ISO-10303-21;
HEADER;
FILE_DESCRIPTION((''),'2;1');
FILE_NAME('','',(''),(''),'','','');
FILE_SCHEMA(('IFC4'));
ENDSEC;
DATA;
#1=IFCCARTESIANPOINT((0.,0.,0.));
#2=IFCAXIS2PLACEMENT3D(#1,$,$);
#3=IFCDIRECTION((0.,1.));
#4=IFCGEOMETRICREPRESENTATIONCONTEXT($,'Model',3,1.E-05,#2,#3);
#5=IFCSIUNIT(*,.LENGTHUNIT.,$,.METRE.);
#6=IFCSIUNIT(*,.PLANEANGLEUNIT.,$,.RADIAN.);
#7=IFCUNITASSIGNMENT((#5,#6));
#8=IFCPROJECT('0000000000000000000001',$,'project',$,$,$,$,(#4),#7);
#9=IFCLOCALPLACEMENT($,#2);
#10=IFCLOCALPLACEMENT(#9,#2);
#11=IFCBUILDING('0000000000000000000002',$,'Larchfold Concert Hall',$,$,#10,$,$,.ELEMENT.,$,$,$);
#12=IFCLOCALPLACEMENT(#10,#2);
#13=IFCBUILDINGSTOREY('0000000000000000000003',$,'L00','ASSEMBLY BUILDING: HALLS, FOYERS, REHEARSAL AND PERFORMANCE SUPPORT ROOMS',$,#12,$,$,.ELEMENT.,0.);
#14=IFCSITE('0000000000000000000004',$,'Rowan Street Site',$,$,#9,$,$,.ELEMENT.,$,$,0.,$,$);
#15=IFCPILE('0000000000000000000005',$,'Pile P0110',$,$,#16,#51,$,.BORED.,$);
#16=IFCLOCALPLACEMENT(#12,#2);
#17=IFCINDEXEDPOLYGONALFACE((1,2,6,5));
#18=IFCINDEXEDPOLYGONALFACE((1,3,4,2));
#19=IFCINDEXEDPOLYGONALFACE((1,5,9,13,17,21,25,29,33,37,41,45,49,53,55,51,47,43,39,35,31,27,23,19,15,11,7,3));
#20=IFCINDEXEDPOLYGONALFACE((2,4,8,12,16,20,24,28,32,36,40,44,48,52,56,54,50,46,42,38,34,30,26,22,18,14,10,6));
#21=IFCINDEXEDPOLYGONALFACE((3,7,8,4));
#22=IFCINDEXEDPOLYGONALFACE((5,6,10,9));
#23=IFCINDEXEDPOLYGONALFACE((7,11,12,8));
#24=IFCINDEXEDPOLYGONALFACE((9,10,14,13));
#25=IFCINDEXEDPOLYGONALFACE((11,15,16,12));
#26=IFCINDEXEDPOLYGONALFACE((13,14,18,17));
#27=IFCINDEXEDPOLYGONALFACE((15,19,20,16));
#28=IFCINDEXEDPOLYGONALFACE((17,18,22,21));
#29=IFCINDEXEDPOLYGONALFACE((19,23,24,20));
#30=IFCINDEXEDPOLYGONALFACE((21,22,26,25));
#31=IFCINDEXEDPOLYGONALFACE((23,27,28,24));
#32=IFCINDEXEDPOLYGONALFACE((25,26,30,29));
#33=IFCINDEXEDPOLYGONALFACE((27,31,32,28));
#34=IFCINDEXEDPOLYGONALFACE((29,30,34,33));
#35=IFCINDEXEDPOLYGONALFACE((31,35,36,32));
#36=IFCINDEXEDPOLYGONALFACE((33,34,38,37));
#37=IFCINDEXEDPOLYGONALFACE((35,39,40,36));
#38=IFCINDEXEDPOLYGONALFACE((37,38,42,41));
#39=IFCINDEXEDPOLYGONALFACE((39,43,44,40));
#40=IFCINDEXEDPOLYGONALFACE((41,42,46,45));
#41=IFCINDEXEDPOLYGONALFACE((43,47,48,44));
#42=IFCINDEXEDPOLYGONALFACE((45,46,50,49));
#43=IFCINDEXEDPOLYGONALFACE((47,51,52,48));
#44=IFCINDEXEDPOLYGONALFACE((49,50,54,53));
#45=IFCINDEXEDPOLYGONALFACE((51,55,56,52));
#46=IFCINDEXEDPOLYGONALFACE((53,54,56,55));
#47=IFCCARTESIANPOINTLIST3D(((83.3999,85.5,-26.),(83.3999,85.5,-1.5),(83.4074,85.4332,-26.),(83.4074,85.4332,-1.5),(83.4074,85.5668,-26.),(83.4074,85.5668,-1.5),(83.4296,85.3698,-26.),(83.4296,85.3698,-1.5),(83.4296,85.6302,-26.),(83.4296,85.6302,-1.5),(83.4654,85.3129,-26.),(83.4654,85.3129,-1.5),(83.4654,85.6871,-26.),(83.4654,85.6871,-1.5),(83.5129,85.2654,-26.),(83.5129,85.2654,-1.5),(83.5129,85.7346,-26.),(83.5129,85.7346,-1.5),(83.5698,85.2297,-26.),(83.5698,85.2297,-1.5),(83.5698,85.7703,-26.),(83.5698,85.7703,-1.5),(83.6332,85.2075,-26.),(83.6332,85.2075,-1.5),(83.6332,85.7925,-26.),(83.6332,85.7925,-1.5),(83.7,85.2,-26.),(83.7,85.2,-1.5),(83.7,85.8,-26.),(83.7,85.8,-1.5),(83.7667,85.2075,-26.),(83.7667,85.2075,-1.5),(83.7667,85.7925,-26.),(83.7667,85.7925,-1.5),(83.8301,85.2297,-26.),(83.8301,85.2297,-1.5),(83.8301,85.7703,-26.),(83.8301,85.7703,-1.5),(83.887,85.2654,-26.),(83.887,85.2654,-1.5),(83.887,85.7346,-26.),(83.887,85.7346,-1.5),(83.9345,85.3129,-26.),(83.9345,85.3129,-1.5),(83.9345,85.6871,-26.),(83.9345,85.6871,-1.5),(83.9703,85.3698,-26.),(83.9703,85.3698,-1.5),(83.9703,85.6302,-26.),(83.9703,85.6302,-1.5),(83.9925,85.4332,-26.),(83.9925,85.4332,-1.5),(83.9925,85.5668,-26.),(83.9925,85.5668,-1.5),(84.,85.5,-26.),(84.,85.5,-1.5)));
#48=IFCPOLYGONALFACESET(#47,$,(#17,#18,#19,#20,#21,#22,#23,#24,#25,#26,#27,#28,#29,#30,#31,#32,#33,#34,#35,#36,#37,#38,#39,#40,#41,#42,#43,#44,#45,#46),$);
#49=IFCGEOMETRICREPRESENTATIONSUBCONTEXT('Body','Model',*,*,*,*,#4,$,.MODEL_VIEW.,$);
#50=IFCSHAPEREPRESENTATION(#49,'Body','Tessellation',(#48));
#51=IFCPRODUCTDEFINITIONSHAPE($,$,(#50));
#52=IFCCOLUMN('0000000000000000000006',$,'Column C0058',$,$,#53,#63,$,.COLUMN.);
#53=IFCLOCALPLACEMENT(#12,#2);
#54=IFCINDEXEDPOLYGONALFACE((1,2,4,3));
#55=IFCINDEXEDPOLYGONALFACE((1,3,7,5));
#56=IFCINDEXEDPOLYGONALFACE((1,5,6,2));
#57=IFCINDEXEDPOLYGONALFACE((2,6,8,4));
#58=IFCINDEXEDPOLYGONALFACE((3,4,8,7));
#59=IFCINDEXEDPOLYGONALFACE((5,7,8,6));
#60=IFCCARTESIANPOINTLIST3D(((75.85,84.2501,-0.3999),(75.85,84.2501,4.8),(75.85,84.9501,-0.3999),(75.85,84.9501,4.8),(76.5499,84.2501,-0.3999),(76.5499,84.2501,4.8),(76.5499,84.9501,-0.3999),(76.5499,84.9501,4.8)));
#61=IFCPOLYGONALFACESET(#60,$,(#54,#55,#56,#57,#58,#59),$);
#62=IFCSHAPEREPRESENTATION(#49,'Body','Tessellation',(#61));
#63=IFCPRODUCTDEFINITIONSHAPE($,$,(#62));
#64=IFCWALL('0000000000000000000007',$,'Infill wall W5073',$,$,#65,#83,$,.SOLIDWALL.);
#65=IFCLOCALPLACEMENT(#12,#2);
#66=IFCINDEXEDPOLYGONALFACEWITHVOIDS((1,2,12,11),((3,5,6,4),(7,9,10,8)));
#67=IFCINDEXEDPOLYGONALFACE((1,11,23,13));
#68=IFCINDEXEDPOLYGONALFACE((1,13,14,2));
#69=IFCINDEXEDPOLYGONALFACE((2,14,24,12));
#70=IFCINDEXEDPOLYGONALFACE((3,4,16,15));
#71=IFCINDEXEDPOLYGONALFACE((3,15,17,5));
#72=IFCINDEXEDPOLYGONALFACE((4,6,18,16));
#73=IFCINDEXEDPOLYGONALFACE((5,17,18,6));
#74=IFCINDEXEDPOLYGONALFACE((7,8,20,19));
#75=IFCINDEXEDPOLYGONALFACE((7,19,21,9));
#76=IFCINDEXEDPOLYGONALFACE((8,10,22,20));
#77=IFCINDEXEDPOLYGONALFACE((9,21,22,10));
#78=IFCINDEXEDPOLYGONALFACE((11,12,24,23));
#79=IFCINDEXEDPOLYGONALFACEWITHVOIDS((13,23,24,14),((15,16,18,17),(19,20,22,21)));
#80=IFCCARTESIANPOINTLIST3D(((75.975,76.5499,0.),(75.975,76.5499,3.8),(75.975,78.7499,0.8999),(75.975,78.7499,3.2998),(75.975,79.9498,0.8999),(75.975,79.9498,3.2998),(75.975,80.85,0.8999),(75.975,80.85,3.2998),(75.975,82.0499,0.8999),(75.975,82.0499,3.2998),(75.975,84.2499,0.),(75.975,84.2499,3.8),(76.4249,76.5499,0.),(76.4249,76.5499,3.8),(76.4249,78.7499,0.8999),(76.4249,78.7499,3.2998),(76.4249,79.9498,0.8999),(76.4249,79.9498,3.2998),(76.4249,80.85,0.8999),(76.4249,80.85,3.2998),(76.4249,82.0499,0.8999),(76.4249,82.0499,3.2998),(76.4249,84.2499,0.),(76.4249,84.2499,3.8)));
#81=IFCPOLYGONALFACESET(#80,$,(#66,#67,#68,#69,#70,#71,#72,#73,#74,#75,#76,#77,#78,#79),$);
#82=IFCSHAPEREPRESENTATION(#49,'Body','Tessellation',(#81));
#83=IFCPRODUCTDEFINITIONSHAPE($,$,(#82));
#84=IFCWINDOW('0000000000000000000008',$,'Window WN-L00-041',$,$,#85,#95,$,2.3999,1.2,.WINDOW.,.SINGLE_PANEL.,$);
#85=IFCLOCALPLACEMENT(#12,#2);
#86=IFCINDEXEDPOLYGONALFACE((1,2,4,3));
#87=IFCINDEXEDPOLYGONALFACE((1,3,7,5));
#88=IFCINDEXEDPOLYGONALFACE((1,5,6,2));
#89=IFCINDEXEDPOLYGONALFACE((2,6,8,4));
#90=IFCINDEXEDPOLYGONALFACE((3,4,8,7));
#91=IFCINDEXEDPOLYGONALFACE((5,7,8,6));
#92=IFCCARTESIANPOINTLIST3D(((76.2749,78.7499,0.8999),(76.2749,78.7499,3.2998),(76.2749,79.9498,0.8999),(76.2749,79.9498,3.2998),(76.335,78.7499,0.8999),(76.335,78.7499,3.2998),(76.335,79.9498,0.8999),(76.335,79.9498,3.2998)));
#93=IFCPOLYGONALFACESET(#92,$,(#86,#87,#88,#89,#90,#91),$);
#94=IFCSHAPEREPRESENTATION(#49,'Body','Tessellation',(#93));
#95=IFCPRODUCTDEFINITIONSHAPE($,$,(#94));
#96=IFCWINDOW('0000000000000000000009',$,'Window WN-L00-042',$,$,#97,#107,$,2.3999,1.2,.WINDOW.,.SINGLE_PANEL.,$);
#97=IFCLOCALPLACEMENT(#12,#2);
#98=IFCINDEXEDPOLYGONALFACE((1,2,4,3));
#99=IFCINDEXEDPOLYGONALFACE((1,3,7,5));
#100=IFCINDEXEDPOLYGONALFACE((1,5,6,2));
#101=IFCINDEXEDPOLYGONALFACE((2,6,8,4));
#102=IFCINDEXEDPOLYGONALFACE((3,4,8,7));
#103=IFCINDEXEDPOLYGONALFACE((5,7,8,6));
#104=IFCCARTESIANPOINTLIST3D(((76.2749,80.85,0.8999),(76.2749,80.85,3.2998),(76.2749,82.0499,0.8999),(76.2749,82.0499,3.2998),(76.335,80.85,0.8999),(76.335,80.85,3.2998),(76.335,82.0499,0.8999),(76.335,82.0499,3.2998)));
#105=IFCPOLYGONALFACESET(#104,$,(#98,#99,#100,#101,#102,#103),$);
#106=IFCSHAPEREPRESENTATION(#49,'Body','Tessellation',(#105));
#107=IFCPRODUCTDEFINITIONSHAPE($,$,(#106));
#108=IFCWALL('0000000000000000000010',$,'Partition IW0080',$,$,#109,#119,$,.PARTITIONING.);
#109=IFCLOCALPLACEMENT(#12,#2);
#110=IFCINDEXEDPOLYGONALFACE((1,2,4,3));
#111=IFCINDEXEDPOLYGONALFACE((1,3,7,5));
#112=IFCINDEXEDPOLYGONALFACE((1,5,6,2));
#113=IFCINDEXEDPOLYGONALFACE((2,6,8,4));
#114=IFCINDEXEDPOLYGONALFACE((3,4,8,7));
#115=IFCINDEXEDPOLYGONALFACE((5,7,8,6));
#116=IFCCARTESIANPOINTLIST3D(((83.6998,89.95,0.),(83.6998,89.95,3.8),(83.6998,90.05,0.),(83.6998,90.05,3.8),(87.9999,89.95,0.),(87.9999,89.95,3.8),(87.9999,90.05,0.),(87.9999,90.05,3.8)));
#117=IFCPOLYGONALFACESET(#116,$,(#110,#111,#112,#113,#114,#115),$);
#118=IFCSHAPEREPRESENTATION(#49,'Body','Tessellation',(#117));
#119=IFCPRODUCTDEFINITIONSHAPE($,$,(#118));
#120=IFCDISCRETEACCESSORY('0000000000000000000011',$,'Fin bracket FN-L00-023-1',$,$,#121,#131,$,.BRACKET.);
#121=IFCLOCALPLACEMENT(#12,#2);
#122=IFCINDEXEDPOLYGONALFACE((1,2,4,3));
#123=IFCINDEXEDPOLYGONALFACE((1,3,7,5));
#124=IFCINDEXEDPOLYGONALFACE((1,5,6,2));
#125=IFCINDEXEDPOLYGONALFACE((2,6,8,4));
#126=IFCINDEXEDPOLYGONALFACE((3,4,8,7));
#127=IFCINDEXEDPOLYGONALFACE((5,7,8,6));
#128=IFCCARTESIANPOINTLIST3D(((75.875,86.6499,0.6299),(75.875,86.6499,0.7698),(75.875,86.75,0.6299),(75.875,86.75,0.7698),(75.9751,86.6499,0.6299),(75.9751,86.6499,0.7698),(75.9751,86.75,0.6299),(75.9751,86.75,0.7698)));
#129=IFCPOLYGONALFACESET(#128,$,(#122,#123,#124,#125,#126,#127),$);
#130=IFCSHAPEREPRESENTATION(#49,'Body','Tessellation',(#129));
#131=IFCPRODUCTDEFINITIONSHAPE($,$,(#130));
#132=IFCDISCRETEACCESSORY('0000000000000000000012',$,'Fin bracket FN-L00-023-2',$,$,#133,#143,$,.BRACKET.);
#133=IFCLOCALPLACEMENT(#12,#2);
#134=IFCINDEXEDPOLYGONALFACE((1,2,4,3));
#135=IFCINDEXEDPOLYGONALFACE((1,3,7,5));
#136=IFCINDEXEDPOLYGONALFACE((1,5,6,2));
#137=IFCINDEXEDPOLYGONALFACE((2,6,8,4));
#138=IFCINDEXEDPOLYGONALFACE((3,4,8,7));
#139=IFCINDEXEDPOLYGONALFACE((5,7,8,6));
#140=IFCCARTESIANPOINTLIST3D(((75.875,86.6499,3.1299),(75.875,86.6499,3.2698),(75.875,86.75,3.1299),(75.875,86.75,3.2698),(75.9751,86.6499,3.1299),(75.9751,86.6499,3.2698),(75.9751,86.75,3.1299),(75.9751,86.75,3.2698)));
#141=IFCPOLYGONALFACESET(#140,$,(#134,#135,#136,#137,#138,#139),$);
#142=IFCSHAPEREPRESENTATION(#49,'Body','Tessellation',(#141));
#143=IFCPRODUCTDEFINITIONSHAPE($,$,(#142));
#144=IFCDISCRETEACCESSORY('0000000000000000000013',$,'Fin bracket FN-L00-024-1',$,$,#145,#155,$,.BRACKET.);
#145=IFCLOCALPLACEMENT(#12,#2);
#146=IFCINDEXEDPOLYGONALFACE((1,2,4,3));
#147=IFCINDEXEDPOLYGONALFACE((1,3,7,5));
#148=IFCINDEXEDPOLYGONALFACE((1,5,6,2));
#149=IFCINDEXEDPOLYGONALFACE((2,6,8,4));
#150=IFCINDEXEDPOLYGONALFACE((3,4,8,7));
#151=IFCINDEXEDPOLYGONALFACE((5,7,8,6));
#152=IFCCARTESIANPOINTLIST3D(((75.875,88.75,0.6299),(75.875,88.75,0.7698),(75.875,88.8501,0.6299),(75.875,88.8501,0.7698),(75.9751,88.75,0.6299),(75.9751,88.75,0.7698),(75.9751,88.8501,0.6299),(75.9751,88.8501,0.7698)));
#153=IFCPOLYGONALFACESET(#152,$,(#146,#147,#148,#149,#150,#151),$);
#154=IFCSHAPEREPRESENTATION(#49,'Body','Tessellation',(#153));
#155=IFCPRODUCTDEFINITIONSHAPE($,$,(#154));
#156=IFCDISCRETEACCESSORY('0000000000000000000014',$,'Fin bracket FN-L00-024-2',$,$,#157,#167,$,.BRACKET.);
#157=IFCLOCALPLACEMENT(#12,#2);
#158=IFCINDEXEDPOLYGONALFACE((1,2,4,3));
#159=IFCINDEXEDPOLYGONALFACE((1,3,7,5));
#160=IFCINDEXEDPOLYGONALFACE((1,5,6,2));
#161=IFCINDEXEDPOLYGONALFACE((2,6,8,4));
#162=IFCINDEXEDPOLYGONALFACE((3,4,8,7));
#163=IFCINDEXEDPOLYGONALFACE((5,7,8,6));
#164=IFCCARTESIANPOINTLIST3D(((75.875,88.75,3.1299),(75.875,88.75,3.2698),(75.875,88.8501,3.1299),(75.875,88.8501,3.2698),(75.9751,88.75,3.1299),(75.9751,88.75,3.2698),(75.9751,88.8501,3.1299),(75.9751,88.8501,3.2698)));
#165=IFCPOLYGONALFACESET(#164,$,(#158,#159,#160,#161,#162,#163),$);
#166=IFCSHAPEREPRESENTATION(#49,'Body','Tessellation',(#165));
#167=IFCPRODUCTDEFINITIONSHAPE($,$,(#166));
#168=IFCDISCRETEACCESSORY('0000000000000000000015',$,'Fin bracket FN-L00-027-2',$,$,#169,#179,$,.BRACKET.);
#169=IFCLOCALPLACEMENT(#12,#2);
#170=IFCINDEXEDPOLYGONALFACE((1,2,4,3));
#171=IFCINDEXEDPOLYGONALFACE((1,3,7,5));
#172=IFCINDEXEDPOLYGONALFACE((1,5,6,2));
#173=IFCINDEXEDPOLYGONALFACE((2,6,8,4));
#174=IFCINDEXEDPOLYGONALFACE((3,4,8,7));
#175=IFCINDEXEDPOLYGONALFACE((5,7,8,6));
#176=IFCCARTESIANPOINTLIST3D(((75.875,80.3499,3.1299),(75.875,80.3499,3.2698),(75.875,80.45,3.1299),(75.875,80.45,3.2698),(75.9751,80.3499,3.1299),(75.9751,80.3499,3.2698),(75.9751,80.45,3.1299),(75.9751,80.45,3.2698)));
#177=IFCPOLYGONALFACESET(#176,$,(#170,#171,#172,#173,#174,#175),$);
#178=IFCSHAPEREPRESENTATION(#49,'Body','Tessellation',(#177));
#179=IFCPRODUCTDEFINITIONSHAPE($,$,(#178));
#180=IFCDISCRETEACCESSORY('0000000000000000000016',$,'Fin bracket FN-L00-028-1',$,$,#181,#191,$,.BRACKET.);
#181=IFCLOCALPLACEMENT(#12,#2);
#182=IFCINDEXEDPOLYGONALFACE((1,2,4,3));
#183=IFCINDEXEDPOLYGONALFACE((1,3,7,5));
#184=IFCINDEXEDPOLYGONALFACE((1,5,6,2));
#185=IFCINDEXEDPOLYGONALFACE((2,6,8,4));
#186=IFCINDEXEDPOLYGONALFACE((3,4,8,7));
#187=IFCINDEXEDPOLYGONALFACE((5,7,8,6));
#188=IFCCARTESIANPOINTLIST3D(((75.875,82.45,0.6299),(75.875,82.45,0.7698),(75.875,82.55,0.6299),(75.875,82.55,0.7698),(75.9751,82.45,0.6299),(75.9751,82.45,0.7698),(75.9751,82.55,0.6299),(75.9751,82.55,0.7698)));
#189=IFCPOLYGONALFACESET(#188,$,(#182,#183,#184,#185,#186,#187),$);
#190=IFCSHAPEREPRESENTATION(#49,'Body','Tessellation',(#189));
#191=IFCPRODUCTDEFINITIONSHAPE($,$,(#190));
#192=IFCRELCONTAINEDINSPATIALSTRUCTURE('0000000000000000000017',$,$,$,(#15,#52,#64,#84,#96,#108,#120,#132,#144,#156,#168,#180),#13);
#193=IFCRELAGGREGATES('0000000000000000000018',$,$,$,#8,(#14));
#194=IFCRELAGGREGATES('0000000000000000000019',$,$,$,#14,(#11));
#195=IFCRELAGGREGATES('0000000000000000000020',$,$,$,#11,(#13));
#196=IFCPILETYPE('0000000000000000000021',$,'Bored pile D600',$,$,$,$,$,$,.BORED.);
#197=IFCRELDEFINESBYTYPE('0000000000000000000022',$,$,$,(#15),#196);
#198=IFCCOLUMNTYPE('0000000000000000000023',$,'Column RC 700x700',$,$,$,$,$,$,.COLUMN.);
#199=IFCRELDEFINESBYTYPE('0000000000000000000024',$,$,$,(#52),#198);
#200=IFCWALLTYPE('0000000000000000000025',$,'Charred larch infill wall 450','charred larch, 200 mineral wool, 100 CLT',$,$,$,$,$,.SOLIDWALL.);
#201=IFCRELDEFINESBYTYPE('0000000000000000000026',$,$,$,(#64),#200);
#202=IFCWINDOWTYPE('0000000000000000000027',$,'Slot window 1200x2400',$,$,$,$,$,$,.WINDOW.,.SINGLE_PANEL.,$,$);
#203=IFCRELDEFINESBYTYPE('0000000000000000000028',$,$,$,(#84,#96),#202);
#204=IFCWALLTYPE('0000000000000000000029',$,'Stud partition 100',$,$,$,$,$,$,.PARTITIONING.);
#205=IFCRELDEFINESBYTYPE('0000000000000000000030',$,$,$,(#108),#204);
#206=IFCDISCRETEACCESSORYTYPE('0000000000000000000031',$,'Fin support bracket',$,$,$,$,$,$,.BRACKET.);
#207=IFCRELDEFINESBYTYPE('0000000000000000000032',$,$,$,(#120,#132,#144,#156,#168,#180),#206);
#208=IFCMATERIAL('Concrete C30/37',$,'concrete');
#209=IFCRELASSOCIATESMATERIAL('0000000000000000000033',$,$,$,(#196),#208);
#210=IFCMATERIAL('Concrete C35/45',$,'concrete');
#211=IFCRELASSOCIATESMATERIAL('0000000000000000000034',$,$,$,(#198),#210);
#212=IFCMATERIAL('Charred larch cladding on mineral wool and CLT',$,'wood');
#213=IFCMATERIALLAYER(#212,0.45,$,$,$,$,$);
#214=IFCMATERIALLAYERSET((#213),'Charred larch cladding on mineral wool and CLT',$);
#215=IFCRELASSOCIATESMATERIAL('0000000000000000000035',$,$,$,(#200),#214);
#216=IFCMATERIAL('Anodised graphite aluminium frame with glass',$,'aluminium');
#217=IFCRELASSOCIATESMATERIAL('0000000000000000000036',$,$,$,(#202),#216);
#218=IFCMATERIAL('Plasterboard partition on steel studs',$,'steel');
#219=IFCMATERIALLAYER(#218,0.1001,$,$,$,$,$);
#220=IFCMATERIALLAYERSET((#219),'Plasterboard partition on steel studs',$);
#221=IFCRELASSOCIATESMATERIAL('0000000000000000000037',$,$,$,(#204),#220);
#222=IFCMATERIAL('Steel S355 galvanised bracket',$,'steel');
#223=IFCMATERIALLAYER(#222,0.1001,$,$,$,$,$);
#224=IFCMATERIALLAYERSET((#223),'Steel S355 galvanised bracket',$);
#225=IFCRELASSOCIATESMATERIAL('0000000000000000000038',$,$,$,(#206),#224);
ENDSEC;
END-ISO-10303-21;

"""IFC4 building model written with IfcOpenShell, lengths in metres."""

from ifc_helpers import new_model, si_unit, direction, frame, frame_2d, origin, origin_2d, place, context, subcontext, project, spatial, rectangle, circle, extrude, material, layer, layer_set, material_profile, profile_set, type_object, element, fill, save


model = new_model("IFC4")

# Units and contexts
model_context = context("Model", 3, precision=1e-05, world=origin(), true_north=direction((0.0, 1.0)))
body_context = subcontext(model_context, "Body", "Model", "MODEL_VIEW")
ifc_project = project(units=[si_unit("LENGTHUNIT", "METRE"), si_unit("PLANEANGLEUNIT", "RADIAN")], contexts=[model_context])

# Site, building, storey
site_placement = place(None, origin())
site = spatial("IfcSite", under=ifc_project, at=site_placement, Name="Rowan Street Site", CompositionType="ELEMENT", RefElevation=0.0)
building_placement = place(site_placement, origin())
building = spatial("IfcBuilding", under=site, at=building_placement, Name="Larchfold Concert Hall", CompositionType="ELEMENT")
storey_placement = place(building_placement, origin())
storey = spatial("IfcBuildingStorey", under=building, at=storey_placement, Name="L00", Description="ASSEMBLY BUILDING: HALLS, FOYERS, REHEARSAL AND PERFORMANCE SUPPORT ROOMS", CompositionType="ELEMENT", Elevation=0.0)

# Pile
ifc_material_1 = material(Name="Concrete C30/37", Category="concrete")
ifc_material_profile_1 = material_profile(ifc_material_1, circle(Radius=0.3, at=origin_2d()))
ifc_profile_set_1 = profile_set([ifc_material_profile_1], Name="Concrete C30/37")
pile_type = type_object("IfcPileType", Name="Bored pile D600", PredefinedType="BORED", material=ifc_profile_set_1)
for number, where, z_axis, x_axis, name in (
    (1, (83.7, 85.5, -1.5), (0.0, 0.0, -1.0), (1.0, 0.0, 0.0), "Pile P0110"),
):
    element("IfcPile", number, at=place(storey_placement, frame(where, z_axis=z_axis, x_axis=x_axis)), inside=storey, type_object=pile_type, Name=name, PredefinedType="BORED", context=body_context, shape_type="SweptSolid", body=[
        extrude(circle(Radius=0.3, at=origin_2d()), origin(), (0.0, 0.0, 1.0), 24.5),
    ])

# Column
ifc_material_2 = material(Name="Concrete C35/45", Category="concrete")
ifc_material_profile_2 = material_profile(ifc_material_2, rectangle(XDim=0.7, YDim=0.7, at=origin_2d()))
ifc_profile_set_2 = profile_set([ifc_material_profile_2], Name="Concrete C35/45")
column_type = type_object("IfcColumnType", Name="Column RC 700x700", PredefinedType="COLUMN", material=ifc_profile_set_2)
column_placement = place(storey_placement, frame((76.2, 84.6001, -0.3999), z_axis=(0.0, 0.0, 1.0), x_axis=(1.0, 0.0, 0.0)))
element("IfcColumn", 2, at=column_placement, inside=storey, type_object=column_type, Name="Column C0058", PredefinedType="COLUMN", context=body_context, shape_type="SweptSolid", body=[
    extrude(rectangle(XDim=0.7, YDim=0.7, at=origin_2d()), origin(), (0.0, 0.0, 1.0), 5.2),
])

# Wall, openings, windows
ifc_material_3 = material(Name="Charred larch cladding on mineral wool and CLT", Category="wood")
ifc_layer_1 = layer(ifc_material_3, 0.45)
ifc_layer_set_1 = layer_set([ifc_layer_1], Name="Charred larch cladding on mineral wool and CLT")
wall_type_1 = type_object("IfcWallType", Name="Charred larch infill wall 450", Description="charred larch, 200 mineral wool, 100 CLT", PredefinedType="SOLIDWALL", material=ifc_layer_set_1)
wall_1_placement = place(storey_placement, frame((76.2, 84.25, 0.0), z_axis=(0.0, 0.0, 1.0), x_axis=(0.0, -1.0, 0.0)))
wall_1 = element("IfcWall", 3, at=wall_1_placement, inside=storey, type_object=wall_type_1, Name="Infill wall W5073", PredefinedType="SOLIDWALL", context=body_context, shape_type="SweptSolid", body=[
    extrude(rectangle(XDim=7.7, YDim=0.45, at=frame_2d((3.8501, 0.0))), origin(), (0.0, 0.0, 1.0), 3.8),
])
opening_1_placement = place(wall_1_placement, frame((4.3, 0.0, 0.8999)))
opening_1 = element("IfcOpeningElement", 4, at=opening_1_placement, cuts=wall_1, PredefinedType="OPENING", context=body_context, shape_type="SweptSolid", body=[
    extrude(rectangle(XDim=1.2, YDim=2.3999, at=frame_2d((0.6001, 1.2))), frame((0.0, 0.2349, 0.0), z_axis=(0.0, -1.0, 0.0), x_axis=(1.0, 0.0, 0.0)), (0.0, 0.0, 1.0), 0.47),
])
opening_2_placement = place(wall_1_placement, frame((2.2, 0.0, 0.8999)))
opening_2 = element("IfcOpeningElement", 5, at=opening_2_placement, cuts=wall_1, PredefinedType="OPENING", context=body_context, shape_type="SweptSolid", body=[
    extrude(rectangle(XDim=1.2, YDim=2.3999, at=frame_2d((0.6001, 1.2))), frame((0.0, 0.2349, 0.0), z_axis=(0.0, -1.0, 0.0), x_axis=(1.0, 0.0, 0.0)), (0.0, 0.0, 1.0), 0.47),
])
ifc_material_4 = material(Name="Anodised graphite aluminium frame with glass", Category="aluminium")
window_type = type_object("IfcWindowType", Name="Slot window 1200x2400", PartitioningType="SINGLE_PANEL", PredefinedType="WINDOW", material=ifc_material_4)
window_1_placement = place(opening_1_placement, origin())
window_1 = element("IfcWindow", 6, at=window_1_placement, inside=storey, type_object=window_type, Name="Window WN-L00-041", OverallHeight=2.3999, OverallWidth=1.2, PartitioningType="SINGLE_PANEL", PredefinedType="WINDOW", context=body_context, shape_type="SweptSolid", body=[
    extrude(rectangle(XDim=1.2, YDim=2.3999, at=frame_2d((0.6001, 1.2))), frame((0.0, 0.135, 0.0), z_axis=(0.0, -1.0, 0.0), x_axis=(1.0, 0.0, 0.0)), (0.0, 0.0, 1.0), 0.0601),
])
fill(opening_1, window_1)
window_2_placement = place(opening_2_placement, origin())
window_2 = element("IfcWindow", 7, at=window_2_placement, inside=storey, type_object=window_type, Name="Window WN-L00-042", OverallHeight=2.3999, OverallWidth=1.2, PartitioningType="SINGLE_PANEL", PredefinedType="WINDOW", context=body_context, shape_type="SweptSolid", body=[
    extrude(rectangle(XDim=1.2, YDim=2.3999, at=frame_2d((0.6001, 1.2))), frame((0.0, 0.135, 0.0), z_axis=(0.0, -1.0, 0.0), x_axis=(1.0, 0.0, 0.0)), (0.0, 0.0, 1.0), 0.0601),
])
fill(opening_2, window_2)

# Wall
ifc_material_5 = material(Name="Plasterboard partition on steel studs", Category="steel")
ifc_layer_2 = layer(ifc_material_5, 0.1001)
ifc_layer_set_2 = layer_set([ifc_layer_2], Name="Plasterboard partition on steel studs")
wall_type_2 = type_object("IfcWallType", Name="Stud partition 100", PredefinedType="PARTITIONING", material=ifc_layer_set_2)
wall_2_placement = place(storey_placement, frame((83.7, 90.0, 0.0), z_axis=(0.0, 0.0, 1.0), x_axis=(1.0, 0.0, 0.0)))
element("IfcWall", 8, at=wall_2_placement, inside=storey, type_object=wall_type_2, Name="Partition IW0080", PredefinedType="PARTITIONING", context=body_context, shape_type="SweptSolid", body=[
    extrude(rectangle(XDim=4.3, YDim=0.1001, at=frame_2d((2.1499, 0.0))), origin(), (0.0, 0.0, 1.0), 3.8),
])

# Discrete accessories
ifc_material_6 = material(Name="Steel S355 galvanised bracket", Category="steel")
ifc_layer_3 = layer(ifc_material_6, 0.1001)
ifc_layer_set_3 = layer_set([ifc_layer_3], Name="Steel S355 galvanised bracket")
discrete_accessory_type = type_object("IfcDiscreteAccessoryType", Name="Fin support bracket", PredefinedType="BRACKET", material=ifc_layer_set_3)
for number, where, z_axis, x_axis, name in (
    (9, (75.925, 86.7, 0.6299), (0.0, 0.0, 1.0), (-1.0, 0.0, 0.0), "Fin bracket FN-L00-023-1"),
    (10, (75.925, 86.7, 3.1299), (0.0, 0.0, 1.0), (-1.0, 0.0, 0.0), "Fin bracket FN-L00-023-2"),
    (11, (75.925, 88.8, 0.6299), (0.0, 0.0, 1.0), (-1.0, 0.0, 0.0), "Fin bracket FN-L00-024-1"),
    (12, (75.925, 88.8, 3.1299), (0.0, 0.0, 1.0), (-1.0, 0.0, 0.0), "Fin bracket FN-L00-024-2"),
    (13, (75.925, 80.3999, 3.1299), (0.0, 0.0, 1.0), (-1.0, 0.0, 0.0), "Fin bracket FN-L00-027-2"),
    (14, (75.925, 82.5, 0.6299), (0.0, 0.0, 1.0), (-1.0, 0.0, 0.0), "Fin bracket FN-L00-028-1"),
):
    element("IfcDiscreteAccessory", number, at=place(storey_placement, frame(where, z_axis=z_axis, x_axis=x_axis)), inside=storey, type_object=discrete_accessory_type, Name=name, PredefinedType="BRACKET", context=body_context, shape_type="SweptSolid", body=[
        extrude(rectangle(XDim=0.1001, YDim=0.1001, at=origin_2d()), origin(), (0.0, 0.0, 1.0), 0.1399),
    ])

save(model, "model.ifc")
